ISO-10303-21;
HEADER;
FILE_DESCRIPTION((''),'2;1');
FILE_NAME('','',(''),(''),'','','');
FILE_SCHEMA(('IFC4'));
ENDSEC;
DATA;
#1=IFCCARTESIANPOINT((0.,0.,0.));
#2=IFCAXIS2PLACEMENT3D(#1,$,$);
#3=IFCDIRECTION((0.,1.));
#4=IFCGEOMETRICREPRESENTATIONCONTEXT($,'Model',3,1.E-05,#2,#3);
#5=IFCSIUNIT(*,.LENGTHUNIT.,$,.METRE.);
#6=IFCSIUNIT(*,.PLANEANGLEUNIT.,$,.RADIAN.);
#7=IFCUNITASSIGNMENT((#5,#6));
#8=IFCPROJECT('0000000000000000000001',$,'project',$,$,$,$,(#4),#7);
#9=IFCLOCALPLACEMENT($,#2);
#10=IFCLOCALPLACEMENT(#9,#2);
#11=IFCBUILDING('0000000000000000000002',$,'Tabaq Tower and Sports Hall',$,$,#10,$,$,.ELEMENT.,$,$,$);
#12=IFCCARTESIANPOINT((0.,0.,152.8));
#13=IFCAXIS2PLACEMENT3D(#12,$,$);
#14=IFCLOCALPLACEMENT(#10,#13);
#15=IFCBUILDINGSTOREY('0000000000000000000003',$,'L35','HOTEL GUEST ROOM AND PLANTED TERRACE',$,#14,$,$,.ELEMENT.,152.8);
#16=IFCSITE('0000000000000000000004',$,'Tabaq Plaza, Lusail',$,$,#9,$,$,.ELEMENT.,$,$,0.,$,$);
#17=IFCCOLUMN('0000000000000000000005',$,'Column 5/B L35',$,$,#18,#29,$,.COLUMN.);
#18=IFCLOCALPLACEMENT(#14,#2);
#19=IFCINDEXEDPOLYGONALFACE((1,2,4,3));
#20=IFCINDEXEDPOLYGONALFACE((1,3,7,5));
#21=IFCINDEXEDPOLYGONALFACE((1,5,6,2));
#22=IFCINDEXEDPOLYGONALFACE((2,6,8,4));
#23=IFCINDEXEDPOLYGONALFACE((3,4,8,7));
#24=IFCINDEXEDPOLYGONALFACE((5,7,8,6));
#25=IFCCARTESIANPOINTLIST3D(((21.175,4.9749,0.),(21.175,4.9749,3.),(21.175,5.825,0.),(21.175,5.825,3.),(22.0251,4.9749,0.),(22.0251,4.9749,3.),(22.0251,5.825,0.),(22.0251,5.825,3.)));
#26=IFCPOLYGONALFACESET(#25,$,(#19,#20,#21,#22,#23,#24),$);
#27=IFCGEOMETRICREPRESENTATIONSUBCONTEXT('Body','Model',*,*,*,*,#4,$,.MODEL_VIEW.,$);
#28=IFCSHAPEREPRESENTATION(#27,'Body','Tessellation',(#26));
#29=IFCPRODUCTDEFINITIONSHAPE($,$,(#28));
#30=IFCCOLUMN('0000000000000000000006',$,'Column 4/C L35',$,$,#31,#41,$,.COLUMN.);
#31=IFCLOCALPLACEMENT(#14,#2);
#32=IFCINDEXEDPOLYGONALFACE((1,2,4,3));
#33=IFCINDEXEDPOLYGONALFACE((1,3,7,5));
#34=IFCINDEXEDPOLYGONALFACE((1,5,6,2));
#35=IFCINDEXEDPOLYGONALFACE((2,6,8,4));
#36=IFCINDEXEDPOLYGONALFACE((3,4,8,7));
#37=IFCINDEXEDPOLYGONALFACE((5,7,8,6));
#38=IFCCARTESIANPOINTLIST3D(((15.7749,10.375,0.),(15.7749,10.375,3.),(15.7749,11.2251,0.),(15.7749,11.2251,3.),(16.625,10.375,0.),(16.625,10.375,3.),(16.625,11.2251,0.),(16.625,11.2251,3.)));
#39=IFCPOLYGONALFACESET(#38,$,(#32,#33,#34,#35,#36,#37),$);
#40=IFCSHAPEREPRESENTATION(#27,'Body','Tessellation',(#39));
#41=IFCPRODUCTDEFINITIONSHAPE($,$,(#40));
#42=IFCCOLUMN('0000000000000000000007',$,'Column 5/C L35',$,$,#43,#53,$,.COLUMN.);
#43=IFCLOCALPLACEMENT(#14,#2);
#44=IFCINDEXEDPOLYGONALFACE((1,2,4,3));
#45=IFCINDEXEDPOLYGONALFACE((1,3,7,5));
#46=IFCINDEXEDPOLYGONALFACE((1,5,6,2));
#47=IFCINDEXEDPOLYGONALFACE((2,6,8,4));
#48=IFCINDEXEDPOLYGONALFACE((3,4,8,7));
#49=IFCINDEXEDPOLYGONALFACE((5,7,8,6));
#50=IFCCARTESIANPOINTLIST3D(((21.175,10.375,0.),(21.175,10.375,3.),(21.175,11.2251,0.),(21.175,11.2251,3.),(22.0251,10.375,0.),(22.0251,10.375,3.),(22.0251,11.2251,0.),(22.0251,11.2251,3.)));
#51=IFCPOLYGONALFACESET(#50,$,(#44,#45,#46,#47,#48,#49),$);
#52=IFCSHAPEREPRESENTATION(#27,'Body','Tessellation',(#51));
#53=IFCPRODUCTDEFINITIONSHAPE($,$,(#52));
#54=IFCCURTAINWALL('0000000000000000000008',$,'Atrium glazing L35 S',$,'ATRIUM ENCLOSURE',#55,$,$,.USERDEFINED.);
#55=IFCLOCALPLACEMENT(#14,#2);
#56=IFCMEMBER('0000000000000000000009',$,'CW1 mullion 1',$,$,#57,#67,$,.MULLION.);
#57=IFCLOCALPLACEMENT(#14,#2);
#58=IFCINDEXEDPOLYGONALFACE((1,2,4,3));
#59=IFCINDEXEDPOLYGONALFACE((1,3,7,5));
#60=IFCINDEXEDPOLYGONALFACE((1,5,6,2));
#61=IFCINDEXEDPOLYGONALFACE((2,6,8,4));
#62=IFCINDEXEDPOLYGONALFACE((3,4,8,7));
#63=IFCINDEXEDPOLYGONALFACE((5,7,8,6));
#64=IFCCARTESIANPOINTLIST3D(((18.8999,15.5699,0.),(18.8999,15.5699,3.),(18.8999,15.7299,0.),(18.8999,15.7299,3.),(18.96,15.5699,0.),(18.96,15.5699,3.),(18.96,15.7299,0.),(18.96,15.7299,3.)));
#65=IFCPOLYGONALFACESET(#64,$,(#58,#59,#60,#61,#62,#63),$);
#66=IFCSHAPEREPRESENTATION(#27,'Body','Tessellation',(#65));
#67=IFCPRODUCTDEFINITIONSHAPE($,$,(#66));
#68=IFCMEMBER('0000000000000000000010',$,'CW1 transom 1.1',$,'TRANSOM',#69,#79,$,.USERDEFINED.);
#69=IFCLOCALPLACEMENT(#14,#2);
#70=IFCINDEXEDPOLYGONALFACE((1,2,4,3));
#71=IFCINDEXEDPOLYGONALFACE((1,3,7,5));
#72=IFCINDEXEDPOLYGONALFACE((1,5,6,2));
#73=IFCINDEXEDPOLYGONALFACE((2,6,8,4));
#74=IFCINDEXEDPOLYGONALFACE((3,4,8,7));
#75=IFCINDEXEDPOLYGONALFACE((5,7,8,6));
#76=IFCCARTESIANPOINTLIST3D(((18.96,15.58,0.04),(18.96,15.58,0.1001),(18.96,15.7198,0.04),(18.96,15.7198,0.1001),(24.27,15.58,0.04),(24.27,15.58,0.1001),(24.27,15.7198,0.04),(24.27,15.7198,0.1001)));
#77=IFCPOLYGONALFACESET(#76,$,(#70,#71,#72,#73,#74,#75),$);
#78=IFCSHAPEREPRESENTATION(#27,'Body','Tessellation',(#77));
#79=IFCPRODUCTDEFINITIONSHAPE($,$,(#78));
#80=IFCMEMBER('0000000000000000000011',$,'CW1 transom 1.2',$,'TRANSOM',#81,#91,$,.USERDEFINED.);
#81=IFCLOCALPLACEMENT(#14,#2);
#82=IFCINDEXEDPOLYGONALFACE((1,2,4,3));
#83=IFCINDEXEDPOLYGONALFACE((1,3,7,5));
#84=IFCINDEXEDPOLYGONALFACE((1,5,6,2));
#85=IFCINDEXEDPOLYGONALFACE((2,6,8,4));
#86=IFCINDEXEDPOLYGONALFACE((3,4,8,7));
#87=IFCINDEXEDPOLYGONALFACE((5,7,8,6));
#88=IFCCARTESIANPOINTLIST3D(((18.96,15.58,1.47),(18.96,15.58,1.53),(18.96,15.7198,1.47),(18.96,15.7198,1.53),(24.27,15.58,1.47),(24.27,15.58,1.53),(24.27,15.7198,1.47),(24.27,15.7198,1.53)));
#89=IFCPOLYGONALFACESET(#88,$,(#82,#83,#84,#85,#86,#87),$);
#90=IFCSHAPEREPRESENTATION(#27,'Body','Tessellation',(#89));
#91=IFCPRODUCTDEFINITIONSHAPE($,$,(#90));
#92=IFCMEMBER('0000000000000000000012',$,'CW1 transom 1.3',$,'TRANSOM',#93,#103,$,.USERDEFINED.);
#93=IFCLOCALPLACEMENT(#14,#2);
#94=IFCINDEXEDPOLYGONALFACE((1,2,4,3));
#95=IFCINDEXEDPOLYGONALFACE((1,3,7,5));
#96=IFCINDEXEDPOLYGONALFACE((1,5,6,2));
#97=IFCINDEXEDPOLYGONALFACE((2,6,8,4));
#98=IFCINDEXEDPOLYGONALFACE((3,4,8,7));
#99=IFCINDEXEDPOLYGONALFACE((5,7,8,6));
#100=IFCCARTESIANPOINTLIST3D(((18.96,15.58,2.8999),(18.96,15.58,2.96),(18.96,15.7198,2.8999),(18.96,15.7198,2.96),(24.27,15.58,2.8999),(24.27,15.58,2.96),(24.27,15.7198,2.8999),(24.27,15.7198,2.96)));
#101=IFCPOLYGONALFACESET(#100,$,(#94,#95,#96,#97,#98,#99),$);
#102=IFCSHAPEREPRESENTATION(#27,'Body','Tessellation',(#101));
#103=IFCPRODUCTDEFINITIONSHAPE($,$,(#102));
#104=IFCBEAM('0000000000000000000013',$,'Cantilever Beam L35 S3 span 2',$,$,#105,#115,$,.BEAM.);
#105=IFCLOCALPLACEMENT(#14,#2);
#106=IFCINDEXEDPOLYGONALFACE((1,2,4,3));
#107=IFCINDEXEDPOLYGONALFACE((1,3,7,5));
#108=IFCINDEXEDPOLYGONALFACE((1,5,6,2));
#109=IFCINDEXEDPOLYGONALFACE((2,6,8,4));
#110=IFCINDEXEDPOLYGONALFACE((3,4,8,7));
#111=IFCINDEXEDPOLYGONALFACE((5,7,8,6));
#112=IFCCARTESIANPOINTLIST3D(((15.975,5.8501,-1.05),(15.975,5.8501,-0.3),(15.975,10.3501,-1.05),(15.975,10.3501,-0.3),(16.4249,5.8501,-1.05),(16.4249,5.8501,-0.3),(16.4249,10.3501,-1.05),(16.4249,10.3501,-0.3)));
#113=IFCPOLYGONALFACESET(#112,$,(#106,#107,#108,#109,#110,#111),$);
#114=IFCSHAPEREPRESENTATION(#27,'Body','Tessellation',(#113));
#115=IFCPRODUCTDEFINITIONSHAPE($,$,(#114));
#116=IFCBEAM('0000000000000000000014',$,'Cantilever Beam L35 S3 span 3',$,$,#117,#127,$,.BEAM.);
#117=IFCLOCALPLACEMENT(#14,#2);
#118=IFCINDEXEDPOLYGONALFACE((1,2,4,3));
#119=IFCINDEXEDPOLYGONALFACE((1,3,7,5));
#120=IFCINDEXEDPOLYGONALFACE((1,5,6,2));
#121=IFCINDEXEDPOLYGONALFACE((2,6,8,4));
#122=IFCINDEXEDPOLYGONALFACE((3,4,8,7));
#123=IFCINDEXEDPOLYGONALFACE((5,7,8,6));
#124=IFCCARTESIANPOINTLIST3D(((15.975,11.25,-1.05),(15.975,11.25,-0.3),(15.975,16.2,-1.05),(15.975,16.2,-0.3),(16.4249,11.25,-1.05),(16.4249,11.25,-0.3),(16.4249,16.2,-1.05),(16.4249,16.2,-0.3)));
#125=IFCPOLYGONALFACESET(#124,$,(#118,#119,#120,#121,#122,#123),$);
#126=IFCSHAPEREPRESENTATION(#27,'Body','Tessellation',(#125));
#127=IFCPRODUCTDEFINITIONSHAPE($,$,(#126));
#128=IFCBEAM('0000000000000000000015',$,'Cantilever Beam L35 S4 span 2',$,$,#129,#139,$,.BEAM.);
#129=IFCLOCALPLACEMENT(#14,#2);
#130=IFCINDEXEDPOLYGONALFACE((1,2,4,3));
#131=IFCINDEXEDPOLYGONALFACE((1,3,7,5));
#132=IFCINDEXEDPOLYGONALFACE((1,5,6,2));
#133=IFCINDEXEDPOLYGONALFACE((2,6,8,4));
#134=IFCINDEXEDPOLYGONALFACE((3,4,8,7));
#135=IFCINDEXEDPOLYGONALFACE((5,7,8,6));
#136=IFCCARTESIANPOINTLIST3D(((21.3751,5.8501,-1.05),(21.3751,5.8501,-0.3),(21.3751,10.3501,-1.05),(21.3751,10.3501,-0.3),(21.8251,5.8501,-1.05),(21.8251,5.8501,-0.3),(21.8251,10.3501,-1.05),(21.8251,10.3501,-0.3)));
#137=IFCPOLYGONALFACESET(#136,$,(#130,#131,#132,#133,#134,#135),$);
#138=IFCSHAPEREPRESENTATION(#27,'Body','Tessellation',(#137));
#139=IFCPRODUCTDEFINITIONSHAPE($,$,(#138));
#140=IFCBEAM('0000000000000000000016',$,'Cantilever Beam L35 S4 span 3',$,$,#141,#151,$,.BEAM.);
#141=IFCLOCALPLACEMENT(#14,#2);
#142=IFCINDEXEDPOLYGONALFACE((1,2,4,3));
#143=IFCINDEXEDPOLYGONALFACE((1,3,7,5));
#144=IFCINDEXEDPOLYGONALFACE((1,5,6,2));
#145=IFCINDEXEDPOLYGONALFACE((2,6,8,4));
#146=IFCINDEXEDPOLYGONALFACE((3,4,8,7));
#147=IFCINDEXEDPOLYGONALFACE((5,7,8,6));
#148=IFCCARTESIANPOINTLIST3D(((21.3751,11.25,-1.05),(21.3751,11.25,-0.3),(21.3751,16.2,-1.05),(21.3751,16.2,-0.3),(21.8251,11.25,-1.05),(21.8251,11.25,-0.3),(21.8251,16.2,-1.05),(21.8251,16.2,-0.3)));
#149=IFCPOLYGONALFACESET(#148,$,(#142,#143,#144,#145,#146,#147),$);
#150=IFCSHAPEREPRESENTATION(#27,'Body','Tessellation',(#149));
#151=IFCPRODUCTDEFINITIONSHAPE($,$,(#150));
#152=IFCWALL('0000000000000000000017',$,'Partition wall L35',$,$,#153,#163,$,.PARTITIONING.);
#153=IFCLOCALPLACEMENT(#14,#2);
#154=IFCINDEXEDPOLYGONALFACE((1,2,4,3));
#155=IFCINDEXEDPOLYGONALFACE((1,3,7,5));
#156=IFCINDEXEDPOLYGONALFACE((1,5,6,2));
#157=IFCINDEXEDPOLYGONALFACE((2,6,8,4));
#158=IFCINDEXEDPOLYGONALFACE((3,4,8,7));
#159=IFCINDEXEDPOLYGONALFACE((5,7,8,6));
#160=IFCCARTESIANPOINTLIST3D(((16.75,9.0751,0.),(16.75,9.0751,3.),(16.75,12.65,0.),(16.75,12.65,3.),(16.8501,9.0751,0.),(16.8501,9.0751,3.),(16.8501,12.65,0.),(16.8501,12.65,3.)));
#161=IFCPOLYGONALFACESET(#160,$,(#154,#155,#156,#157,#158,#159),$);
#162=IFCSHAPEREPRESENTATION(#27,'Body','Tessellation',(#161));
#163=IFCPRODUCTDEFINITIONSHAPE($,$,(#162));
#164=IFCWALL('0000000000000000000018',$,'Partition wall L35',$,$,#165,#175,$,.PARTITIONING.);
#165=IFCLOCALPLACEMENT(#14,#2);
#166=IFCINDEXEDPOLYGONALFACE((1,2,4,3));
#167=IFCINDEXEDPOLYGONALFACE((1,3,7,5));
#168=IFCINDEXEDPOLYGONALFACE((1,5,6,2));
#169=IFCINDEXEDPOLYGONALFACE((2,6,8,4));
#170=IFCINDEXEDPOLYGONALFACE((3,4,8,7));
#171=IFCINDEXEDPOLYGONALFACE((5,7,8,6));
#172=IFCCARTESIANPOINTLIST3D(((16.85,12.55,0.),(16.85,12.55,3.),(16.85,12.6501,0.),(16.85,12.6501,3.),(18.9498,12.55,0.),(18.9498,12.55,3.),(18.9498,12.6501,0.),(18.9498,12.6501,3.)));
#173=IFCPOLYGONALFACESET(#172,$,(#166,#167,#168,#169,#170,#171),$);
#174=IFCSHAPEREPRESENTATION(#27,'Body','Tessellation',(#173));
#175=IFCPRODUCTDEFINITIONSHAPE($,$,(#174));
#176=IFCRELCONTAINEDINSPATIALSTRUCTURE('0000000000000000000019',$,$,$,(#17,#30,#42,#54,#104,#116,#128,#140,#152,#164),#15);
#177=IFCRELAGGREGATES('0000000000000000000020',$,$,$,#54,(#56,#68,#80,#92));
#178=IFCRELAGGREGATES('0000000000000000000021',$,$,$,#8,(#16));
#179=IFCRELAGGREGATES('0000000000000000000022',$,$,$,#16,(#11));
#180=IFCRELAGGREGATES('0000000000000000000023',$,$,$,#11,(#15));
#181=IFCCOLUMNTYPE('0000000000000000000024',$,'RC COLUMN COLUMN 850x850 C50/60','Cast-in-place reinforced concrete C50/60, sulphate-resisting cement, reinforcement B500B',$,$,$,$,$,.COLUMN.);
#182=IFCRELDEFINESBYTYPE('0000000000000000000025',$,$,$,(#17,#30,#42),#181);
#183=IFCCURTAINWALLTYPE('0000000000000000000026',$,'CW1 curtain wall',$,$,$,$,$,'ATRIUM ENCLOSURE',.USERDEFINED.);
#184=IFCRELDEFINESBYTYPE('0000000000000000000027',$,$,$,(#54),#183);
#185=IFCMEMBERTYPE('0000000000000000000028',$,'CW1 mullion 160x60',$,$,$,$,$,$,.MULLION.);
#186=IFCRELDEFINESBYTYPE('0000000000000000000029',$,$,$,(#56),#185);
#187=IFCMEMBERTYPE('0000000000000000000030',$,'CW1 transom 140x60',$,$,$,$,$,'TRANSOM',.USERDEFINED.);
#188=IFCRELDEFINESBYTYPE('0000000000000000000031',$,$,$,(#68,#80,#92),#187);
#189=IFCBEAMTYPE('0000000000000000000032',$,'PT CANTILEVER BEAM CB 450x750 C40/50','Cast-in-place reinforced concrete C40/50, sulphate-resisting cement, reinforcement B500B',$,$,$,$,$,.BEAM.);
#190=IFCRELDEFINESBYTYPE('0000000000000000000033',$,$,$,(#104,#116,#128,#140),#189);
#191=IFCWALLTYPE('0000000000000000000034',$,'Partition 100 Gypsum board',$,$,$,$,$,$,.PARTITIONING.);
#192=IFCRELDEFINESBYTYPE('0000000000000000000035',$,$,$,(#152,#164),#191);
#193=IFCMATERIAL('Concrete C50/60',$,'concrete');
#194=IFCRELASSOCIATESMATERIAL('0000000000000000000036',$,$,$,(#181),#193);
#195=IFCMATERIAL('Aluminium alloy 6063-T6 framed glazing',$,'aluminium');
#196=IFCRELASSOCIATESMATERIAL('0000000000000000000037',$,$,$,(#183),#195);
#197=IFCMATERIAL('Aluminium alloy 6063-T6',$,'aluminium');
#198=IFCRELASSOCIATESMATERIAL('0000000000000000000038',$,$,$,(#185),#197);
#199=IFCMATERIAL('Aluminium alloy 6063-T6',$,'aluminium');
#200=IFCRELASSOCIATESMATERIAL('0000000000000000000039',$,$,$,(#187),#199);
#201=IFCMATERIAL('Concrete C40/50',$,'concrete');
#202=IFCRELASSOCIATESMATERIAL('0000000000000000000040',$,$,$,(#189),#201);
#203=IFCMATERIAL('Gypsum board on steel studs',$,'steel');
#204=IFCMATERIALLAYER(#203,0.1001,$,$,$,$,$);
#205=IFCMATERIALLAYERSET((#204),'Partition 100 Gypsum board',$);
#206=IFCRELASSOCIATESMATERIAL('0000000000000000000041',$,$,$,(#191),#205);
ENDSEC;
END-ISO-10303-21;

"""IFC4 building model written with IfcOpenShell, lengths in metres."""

from ifc_helpers import new_model, si_unit, direction, frame, frame_2d, origin, origin_2d, place, context, subcontext, project, spatial, rectangle, extrude, material, layer, layer_set, material_profile, profile_set, type_object, element, aggregate, save


model = new_model("IFC4")

# Units and contexts
model_context = context("Model", 3, precision=1e-05, world=origin(), true_north=direction((0.0, 1.0)))
body_context = subcontext(model_context, "Body", "Model", "MODEL_VIEW")
ifc_project = project(units=[si_unit("LENGTHUNIT", "METRE"), si_unit("PLANEANGLEUNIT", "RADIAN")], contexts=[model_context])

# Site, building, storey
site_placement = place(None, origin())
site = spatial("IfcSite", under=ifc_project, at=site_placement, Name="Tabaq Plaza, Lusail", CompositionType="ELEMENT", RefElevation=0.0)
building_placement = place(site_placement, origin())
building = spatial("IfcBuilding", under=site, at=building_placement, Name="Tabaq Tower and Sports Hall", CompositionType="ELEMENT")
storey_placement = place(building_placement, frame((0.0, 0.0, 152.8)))
storey = spatial("IfcBuildingStorey", under=building, at=storey_placement, Name="L35", Description="HOTEL GUEST ROOM AND PLANTED TERRACE", CompositionType="ELEMENT", Elevation=152.8)

# Columns
ifc_material_1 = material(Name="Concrete C50/60", Category="concrete")
ifc_material_profile_1 = material_profile(ifc_material_1, rectangle(XDim=0.8501, YDim=0.8501, at=origin_2d()), Name="COLUMN 850x850")
ifc_profile_set_1 = profile_set([ifc_material_profile_1], Name="Concrete C50/60")
column_type = type_object("IfcColumnType", Name="RC COLUMN COLUMN 850x850 C50/60", Description="Cast-in-place reinforced concrete C50/60, sulphate-resisting cement, reinforcement B500B", PredefinedType="COLUMN", material=ifc_profile_set_1)
for number, where, z_axis, x_axis, name in (
    (1, (21.6001, 5.3999, 0.0), (0.0, 0.0, 1.0), (1.0, 0.0, 0.0), "Column 5/B L35"),
    (2, (16.2, 10.8, 0.0), (0.0, 0.0, 1.0), (1.0, 0.0, 0.0), "Column 4/C L35"),
    (3, (21.6001, 10.8, 0.0), (0.0, 0.0, 1.0), (1.0, 0.0, 0.0), "Column 5/C L35"),
):
    element("IfcColumn", number, at=place(storey_placement, frame(where, z_axis=z_axis, x_axis=x_axis)), inside=storey, type_object=column_type, Name=name, PredefinedType="COLUMN", context=body_context, shape_type="SweptSolid", body=[
        extrude(rectangle(XDim=0.8501, YDim=0.8501, at=origin_2d()), origin(), (0.0, 0.0, 1.0), 3.0),
    ])

# Curtain wall, members
ifc_material_2 = material(Name="Aluminium alloy 6063-T6 framed glazing", Category="aluminium")
curtain_wall_type = type_object("IfcCurtainWallType", Name="CW1 curtain wall", ElementType="ATRIUM ENCLOSURE", PredefinedType="USERDEFINED", material=ifc_material_2)
curtain_wall_placement = place(storey_placement, origin())
curtain_wall = element("IfcCurtainWall", 4, at=curtain_wall_placement, inside=storey, type_object=curtain_wall_type, Name="Atrium glazing L35 S", ObjectType="ATRIUM ENCLOSURE", PredefinedType="USERDEFINED")
ifc_material_3 = material(Name="Aluminium alloy 6063-T6", Category="aluminium")
ifc_material_profile_2 = material_profile(ifc_material_3, rectangle(XDim=0.1599, YDim=0.0601, at=origin_2d()), Name="MULLION 160x60")
ifc_profile_set_2 = profile_set([ifc_material_profile_2], Name="Aluminium alloy 6063-T6")
member_type_1 = type_object("IfcMemberType", Name="CW1 mullion 160x60", PredefinedType="MULLION", material=ifc_profile_set_2)
member_1_placement = place(storey_placement, frame((18.9299, 15.6499, 0.0), z_axis=(0.0, 0.0, 1.0), x_axis=(0.0, 1.0, 0.0)))
member_1 = element("IfcMember", 5, at=member_1_placement, type_object=member_type_1, Name="CW1 mullion 1", PredefinedType="MULLION", context=body_context, shape_type="SweptSolid", body=[
    extrude(rectangle(XDim=0.1599, YDim=0.0601, at=origin_2d()), origin(), (0.0, 0.0, 1.0), 3.0),
])
ifc_material_4 = material(Name="Aluminium alloy 6063-T6", Category="aluminium")
ifc_material_profile_3 = material_profile(ifc_material_4, rectangle(XDim=0.1399, YDim=0.0601, at=origin_2d()), Name="TRANSOM 140x60")
ifc_profile_set_3 = profile_set([ifc_material_profile_3], Name="Aluminium alloy 6063-T6")
member_type_2 = type_object("IfcMemberType", Name="CW1 transom 140x60", ElementType="TRANSOM", PredefinedType="USERDEFINED", material=ifc_profile_set_3)
member_2_placement = place(storey_placement, frame((18.96, 15.6499, 0.0701), z_axis=(1.0, 0.0, 0.0), x_axis=(0.0, 1.0, 0.0)))
member_2 = element("IfcMember", 6, at=member_2_placement, type_object=member_type_2, Name="CW1 transom 1.1", ObjectType="TRANSOM", PredefinedType="USERDEFINED", context=body_context, shape_type="SweptSolid", body=[
    extrude(rectangle(XDim=0.1399, YDim=0.0601, at=origin_2d()), origin(), (0.0, 0.0, 1.0), 5.3101),
])
member_3_placement = place(storey_placement, frame((18.96, 15.6499, 1.5), z_axis=(1.0, 0.0, 0.0), x_axis=(0.0, 1.0, 0.0)))
member_3 = element("IfcMember", 7, at=member_3_placement, type_object=member_type_2, Name="CW1 transom 1.2", ObjectType="TRANSOM", PredefinedType="USERDEFINED", context=body_context, shape_type="SweptSolid", body=[
    extrude(rectangle(XDim=0.1399, YDim=0.0601, at=origin_2d()), origin(), (0.0, 0.0, 1.0), 5.3101),
])
member_4_placement = place(storey_placement, frame((18.96, 15.6499, 2.9299), z_axis=(1.0, 0.0, 0.0), x_axis=(0.0, 1.0, 0.0)))
member_4 = element("IfcMember", 8, at=member_4_placement, type_object=member_type_2, Name="CW1 transom 1.3", ObjectType="TRANSOM", PredefinedType="USERDEFINED", context=body_context, shape_type="SweptSolid", body=[
    extrude(rectangle(XDim=0.1399, YDim=0.0601, at=origin_2d()), origin(), (0.0, 0.0, 1.0), 5.3101),
])
aggregate(curtain_wall, [member_1, member_2, member_3, member_4])

# Beams
ifc_material_5 = material(Name="Concrete C40/50", Category="concrete")
ifc_material_profile_4 = material_profile(ifc_material_5, rectangle(XDim=0.45, YDim=0.75, at=origin_2d()), Name="CB 450x750")
ifc_profile_set_4 = profile_set([ifc_material_profile_4], Name="Concrete C40/50")
beam_type = type_object("IfcBeamType", Name="PT CANTILEVER BEAM CB 450x750 C40/50", Description="Cast-in-place reinforced concrete C40/50, sulphate-resisting cement, reinforcement B500B", PredefinedType="BEAM", material=ifc_profile_set_4)
beam_1_placement = place(storey_placement, frame((16.2, 5.8501, -0.675), z_axis=(0.0, 1.0, 0.0), x_axis=(-1.0, 0.0, 0.0)))
element("IfcBeam", 9, at=beam_1_placement, inside=storey, type_object=beam_type, Name="Cantilever Beam L35 S3 span 2", PredefinedType="BEAM", context=body_context, shape_type="SweptSolid", body=[
    extrude(rectangle(XDim=0.45, YDim=0.75, at=origin_2d()), origin(), (0.0, 0.0, 1.0), 4.5),
])
beam_2_placement = place(storey_placement, frame((16.2, 11.25, -0.675), z_axis=(0.0, 1.0, 0.0), x_axis=(-1.0, 0.0, 0.0)))
element("IfcBeam", 10, at=beam_2_placement, inside=storey, type_object=beam_type, Name="Cantilever Beam L35 S3 span 3", PredefinedType="BEAM", context=body_context, shape_type="SweptSolid", body=[
    extrude(rectangle(XDim=0.45, YDim=0.75, at=origin_2d()), origin(), (0.0, 0.0, 1.0), 4.95),
])
beam_3_placement = place(storey_placement, frame((21.6001, 5.8501, -0.675), z_axis=(0.0, 1.0, 0.0), x_axis=(-1.0, 0.0, 0.0)))
element("IfcBeam", 11, at=beam_3_placement, inside=storey, type_object=beam_type, Name="Cantilever Beam L35 S4 span 2", PredefinedType="BEAM", context=body_context, shape_type="SweptSolid", body=[
    extrude(rectangle(XDim=0.45, YDim=0.75, at=origin_2d()), origin(), (0.0, 0.0, 1.0), 4.5),
])
beam_4_placement = place(storey_placement, frame((21.6001, 11.25, -0.675), z_axis=(0.0, 1.0, 0.0), x_axis=(-1.0, 0.0, 0.0)))
element("IfcBeam", 12, at=beam_4_placement, inside=storey, type_object=beam_type, Name="Cantilever Beam L35 S4 span 3", PredefinedType="BEAM", context=body_context, shape_type="SweptSolid", body=[
    extrude(rectangle(XDim=0.45, YDim=0.75, at=origin_2d()), origin(), (0.0, 0.0, 1.0), 4.95),
])

# Walls
ifc_material_6 = material(Name="Gypsum board on steel studs", Category="steel")
ifc_layer_1 = layer(ifc_material_6, 0.1001)
ifc_layer_set_1 = layer_set([ifc_layer_1], Name="Partition 100 Gypsum board")
wall_type_1 = type_object("IfcWallType", Name="Partition 100 Gypsum board", PredefinedType="PARTITIONING", material=ifc_layer_set_1)
wall_1_placement = place(storey_placement, frame((16.8, 9.075, 0.0), z_axis=(0.0, 0.0, 1.0), x_axis=(0.0, 1.0, 0.0)))
element("IfcWall", 13, at=wall_1_placement, inside=storey, type_object=wall_type_1, Name="Partition wall L35", PredefinedType="PARTITIONING", context=body_context, shape_type="SweptSolid", body=[
    extrude(rectangle(XDim=3.575, YDim=0.1001, at=frame_2d((1.7876, 0.0))), origin(), (0.0, 0.0, 1.0), 3.0),
])
wall_2_placement = place(storey_placement, frame((16.8501, 12.6001, 0.0), z_axis=(0.0, 0.0, 1.0), x_axis=(1.0, 0.0, 0.0)))
element("IfcWall", 14, at=wall_2_placement, inside=storey, type_object=wall_type_1, Name="Partition wall L35", PredefinedType="PARTITIONING", context=body_context, shape_type="SweptSolid", body=[
    extrude(rectangle(XDim=2.0999, YDim=0.1001, at=frame_2d((1.0498, 0.0))), origin(), (0.0, 0.0, 1.0), 3.0),
])

save(model, "model.ifc")
